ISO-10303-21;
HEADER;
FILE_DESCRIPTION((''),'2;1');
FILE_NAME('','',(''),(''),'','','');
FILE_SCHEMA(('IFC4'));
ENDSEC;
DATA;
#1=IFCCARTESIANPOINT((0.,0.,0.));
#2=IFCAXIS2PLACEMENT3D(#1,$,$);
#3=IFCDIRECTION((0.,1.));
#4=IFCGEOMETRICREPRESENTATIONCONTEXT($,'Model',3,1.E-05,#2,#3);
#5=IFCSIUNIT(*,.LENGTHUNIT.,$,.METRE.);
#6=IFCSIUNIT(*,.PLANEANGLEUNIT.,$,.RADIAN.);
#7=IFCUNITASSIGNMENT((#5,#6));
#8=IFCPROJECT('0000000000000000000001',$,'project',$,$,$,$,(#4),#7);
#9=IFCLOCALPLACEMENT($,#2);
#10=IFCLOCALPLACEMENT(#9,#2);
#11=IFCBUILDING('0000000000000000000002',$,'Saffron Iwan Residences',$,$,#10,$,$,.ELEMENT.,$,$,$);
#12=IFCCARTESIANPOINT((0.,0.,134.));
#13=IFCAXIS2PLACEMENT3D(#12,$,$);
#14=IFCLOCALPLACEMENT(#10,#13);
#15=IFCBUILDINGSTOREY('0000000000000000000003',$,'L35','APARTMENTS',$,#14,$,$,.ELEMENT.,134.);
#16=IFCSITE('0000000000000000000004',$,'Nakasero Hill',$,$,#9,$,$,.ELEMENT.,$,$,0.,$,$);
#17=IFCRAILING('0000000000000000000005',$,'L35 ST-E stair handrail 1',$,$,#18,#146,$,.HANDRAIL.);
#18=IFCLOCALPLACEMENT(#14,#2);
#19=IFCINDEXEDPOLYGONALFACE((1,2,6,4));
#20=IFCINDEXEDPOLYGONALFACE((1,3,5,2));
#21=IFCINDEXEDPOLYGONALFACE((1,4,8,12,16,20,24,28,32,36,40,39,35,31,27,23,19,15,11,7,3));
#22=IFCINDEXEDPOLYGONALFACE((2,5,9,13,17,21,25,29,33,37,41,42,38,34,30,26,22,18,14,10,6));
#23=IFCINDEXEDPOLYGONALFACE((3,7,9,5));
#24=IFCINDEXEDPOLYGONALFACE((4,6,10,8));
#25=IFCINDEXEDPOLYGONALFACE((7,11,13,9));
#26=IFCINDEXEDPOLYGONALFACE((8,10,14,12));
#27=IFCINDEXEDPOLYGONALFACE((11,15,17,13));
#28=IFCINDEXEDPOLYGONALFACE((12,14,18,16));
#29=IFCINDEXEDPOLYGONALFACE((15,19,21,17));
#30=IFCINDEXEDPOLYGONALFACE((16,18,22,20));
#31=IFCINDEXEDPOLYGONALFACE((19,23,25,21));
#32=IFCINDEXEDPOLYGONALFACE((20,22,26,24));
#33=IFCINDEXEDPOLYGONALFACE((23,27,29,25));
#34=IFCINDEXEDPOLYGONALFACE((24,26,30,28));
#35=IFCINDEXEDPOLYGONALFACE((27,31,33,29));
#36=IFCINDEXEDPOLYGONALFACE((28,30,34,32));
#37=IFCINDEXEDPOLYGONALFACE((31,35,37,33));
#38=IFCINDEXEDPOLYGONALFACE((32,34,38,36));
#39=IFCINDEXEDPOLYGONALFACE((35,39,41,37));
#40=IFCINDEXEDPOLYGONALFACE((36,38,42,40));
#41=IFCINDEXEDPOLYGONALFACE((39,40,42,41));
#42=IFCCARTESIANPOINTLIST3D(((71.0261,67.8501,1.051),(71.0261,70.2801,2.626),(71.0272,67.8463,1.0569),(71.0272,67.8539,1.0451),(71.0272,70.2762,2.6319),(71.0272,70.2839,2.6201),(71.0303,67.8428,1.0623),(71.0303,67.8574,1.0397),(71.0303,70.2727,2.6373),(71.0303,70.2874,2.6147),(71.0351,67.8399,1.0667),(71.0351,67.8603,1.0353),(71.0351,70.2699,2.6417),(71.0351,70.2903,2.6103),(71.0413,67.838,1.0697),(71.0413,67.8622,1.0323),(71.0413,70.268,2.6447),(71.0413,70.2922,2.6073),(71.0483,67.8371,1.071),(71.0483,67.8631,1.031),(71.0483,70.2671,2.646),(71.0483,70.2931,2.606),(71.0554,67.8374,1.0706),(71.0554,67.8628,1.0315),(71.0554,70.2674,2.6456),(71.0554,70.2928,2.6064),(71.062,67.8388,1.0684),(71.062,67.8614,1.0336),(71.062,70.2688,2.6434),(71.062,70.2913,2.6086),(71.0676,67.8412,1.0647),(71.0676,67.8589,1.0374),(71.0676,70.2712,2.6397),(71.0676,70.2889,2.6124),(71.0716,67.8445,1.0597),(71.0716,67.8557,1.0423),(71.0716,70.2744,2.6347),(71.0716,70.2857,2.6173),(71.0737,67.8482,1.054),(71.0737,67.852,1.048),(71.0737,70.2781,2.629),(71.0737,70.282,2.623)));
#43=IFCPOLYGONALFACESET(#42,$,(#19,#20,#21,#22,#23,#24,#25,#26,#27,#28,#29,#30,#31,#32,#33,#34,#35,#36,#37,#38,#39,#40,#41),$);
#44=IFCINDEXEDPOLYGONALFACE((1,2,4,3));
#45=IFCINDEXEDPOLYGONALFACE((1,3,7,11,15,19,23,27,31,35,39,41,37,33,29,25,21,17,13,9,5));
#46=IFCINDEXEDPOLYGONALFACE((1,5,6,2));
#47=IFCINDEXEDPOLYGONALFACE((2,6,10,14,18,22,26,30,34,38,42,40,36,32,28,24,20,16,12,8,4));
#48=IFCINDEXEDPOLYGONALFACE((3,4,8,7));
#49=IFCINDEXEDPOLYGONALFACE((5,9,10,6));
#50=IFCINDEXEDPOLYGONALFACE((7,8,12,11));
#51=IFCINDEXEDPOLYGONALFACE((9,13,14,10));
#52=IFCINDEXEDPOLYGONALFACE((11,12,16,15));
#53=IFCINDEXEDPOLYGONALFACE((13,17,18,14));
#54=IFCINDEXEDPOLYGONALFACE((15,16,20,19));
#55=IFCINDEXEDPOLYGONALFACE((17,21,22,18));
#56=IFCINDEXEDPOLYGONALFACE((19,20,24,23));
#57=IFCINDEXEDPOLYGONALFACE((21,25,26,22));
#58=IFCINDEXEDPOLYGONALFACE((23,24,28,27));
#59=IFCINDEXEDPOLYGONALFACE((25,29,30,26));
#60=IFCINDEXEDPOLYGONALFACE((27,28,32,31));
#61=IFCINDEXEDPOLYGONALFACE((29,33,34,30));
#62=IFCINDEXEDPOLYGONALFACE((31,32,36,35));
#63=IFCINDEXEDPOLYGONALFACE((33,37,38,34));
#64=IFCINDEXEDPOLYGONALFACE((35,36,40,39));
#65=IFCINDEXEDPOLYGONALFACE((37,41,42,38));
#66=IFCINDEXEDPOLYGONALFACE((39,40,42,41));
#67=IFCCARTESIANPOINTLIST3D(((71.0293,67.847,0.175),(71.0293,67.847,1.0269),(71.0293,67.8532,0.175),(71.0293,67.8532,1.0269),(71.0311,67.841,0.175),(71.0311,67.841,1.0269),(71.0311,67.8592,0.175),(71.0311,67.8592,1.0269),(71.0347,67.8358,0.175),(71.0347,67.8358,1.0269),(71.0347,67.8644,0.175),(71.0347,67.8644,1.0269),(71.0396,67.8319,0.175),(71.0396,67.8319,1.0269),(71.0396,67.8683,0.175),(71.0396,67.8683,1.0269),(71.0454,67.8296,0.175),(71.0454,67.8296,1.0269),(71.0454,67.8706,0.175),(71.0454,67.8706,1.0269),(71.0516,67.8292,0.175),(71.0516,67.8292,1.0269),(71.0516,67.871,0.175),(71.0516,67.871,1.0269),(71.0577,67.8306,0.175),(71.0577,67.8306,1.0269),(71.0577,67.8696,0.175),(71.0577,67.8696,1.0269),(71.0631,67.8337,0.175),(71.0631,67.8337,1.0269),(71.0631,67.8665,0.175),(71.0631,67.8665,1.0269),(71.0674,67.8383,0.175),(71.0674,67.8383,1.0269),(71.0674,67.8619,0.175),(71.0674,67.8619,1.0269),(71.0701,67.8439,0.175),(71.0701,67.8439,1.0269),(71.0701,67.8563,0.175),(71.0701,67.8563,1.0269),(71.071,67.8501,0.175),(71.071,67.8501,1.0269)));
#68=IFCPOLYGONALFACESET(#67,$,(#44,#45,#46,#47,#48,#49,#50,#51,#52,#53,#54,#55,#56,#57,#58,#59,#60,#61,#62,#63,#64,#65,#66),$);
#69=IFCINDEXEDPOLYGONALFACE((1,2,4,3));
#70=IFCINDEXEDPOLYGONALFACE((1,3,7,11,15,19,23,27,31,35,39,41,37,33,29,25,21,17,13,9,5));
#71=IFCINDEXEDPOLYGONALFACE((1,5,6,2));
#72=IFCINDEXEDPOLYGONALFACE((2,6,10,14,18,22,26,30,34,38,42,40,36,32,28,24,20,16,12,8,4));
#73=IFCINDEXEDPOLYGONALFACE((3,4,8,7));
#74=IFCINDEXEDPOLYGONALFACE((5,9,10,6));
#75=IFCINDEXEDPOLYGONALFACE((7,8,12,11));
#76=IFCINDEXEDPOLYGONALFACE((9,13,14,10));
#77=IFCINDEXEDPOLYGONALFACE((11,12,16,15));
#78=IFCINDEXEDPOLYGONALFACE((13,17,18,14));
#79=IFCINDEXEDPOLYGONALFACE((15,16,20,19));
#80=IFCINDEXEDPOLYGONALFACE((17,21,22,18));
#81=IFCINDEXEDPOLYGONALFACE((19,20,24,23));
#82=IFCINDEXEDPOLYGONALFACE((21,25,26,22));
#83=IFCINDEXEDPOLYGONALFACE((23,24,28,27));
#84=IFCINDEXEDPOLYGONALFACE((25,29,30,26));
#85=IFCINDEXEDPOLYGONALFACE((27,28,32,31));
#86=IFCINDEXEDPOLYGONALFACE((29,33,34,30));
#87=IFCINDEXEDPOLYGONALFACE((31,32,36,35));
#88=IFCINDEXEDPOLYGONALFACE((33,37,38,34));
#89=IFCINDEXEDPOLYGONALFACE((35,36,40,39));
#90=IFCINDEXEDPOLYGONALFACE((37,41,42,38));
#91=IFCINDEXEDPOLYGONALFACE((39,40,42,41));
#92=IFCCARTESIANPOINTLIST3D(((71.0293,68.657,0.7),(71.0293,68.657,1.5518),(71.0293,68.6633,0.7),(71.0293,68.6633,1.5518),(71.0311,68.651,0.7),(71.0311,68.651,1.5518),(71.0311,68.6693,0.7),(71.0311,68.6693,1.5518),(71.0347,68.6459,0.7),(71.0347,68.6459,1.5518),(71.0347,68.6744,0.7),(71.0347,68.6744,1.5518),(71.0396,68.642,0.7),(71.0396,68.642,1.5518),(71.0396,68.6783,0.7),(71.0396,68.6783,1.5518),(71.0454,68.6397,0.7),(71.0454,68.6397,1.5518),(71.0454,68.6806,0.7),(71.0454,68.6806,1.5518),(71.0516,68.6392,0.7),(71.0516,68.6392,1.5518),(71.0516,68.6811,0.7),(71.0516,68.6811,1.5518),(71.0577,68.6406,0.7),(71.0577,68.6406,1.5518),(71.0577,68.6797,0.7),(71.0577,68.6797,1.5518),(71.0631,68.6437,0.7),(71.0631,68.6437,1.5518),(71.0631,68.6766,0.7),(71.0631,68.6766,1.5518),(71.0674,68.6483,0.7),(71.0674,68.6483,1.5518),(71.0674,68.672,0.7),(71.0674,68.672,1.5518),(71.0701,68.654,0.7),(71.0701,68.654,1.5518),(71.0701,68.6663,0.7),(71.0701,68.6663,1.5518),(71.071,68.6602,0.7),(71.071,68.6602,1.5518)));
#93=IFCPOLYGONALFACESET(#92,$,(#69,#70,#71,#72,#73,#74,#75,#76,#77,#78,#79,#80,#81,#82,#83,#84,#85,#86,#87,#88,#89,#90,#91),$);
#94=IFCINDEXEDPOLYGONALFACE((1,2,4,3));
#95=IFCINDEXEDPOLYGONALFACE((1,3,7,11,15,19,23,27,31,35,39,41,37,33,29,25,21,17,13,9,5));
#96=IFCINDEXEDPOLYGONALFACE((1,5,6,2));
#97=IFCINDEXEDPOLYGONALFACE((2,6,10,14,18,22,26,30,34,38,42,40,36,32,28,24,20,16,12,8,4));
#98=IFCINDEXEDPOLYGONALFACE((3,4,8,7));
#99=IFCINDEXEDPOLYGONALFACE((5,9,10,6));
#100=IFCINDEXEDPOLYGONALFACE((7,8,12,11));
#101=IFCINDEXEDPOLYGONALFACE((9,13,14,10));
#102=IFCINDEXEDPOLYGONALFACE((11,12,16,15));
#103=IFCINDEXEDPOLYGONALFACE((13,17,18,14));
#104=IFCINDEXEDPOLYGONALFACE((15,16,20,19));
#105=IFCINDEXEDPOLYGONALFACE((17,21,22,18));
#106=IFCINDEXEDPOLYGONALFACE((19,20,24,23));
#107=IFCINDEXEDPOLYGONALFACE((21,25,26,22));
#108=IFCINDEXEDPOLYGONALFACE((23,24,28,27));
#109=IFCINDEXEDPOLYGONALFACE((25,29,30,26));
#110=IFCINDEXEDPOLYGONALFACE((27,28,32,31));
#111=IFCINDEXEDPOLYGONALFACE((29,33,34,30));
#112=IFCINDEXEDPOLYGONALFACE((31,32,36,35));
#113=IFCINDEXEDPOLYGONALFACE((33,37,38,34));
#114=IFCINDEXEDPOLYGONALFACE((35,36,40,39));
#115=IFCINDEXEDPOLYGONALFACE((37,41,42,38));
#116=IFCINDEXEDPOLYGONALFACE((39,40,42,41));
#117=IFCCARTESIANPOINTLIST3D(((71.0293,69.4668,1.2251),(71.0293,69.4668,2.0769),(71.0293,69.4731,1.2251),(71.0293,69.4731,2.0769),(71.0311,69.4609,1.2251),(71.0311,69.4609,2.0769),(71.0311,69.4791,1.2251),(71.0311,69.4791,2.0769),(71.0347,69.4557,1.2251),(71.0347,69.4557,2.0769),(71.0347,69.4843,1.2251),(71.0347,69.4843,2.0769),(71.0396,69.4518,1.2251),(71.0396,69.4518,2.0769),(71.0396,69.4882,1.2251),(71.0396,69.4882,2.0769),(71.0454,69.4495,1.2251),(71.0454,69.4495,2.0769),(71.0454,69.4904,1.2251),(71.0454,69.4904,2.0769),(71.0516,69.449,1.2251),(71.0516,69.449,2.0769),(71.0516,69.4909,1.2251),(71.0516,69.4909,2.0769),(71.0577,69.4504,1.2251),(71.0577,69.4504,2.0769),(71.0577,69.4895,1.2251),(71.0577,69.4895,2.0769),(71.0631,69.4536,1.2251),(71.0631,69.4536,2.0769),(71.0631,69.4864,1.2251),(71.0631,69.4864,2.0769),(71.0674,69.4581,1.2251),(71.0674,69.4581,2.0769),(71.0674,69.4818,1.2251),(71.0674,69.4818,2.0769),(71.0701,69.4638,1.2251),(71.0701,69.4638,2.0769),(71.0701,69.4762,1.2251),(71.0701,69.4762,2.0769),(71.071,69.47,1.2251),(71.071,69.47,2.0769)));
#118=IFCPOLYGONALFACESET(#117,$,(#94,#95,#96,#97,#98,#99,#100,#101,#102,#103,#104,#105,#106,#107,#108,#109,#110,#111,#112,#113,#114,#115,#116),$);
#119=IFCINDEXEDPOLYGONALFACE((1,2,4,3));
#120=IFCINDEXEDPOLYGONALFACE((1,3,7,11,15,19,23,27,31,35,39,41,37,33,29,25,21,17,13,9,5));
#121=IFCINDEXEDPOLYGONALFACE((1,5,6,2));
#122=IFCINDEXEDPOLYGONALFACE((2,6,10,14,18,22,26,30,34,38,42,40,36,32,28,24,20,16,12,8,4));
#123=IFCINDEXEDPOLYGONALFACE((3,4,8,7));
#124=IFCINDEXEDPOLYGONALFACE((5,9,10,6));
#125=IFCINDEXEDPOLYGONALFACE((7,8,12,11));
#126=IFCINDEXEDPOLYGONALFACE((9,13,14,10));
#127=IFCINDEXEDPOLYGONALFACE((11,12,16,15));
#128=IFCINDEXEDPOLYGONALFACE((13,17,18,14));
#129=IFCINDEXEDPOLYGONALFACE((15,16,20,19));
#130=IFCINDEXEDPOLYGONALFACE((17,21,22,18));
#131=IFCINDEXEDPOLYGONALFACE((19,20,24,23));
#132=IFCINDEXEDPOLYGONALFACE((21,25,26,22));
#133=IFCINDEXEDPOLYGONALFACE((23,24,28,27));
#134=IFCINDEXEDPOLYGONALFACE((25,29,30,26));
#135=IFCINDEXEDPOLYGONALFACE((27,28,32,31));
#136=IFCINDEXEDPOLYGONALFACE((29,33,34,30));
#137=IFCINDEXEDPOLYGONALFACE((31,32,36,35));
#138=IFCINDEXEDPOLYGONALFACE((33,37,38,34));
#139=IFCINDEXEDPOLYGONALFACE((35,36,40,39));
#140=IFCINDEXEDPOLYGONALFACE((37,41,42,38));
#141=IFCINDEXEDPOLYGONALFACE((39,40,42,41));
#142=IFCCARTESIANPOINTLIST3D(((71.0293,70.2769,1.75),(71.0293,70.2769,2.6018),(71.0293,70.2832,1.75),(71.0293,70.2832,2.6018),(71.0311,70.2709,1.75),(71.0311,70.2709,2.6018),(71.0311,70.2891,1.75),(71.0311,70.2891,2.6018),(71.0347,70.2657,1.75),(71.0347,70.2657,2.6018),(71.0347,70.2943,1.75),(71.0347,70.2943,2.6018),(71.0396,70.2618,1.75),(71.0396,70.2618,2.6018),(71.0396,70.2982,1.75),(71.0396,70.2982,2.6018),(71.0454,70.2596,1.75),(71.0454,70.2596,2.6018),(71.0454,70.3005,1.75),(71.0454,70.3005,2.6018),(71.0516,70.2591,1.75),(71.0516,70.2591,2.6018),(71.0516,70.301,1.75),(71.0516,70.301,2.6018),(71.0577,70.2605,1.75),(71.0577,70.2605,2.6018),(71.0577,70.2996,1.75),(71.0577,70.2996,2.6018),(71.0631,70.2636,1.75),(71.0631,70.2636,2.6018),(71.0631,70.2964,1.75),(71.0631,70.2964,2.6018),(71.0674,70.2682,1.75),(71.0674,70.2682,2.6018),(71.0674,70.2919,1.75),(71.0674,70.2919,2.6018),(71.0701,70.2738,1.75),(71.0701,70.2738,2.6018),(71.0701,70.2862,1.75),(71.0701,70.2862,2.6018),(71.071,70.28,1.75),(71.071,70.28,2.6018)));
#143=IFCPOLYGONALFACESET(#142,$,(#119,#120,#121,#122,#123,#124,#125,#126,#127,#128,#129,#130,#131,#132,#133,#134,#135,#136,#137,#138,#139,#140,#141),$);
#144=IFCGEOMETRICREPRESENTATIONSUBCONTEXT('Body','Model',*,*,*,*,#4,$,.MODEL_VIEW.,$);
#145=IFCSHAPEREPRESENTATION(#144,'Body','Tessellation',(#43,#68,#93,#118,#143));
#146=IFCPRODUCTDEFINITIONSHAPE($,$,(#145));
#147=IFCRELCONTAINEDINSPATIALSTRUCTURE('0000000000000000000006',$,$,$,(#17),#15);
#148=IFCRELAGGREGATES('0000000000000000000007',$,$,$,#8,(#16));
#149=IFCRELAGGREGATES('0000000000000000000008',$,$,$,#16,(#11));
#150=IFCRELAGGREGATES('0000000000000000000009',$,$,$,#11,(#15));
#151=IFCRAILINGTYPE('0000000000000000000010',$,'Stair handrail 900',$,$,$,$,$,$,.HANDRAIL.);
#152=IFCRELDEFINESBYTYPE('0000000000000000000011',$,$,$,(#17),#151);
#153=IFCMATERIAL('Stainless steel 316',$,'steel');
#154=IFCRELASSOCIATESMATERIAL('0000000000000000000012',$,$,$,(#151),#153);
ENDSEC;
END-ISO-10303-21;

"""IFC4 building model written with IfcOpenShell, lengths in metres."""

from ifc_helpers import new_model, si_unit, direction, frame, origin, origin_2d, place, context, subcontext, project, spatial, circle, extrude, material, type_object, element, save


model = new_model("IFC4")

# Units and contexts
model_context = context("Model", 3, precision=1e-05, world=origin(), true_north=direction((0.0, 1.0)))
body_context = subcontext(model_context, "Body", "Model", "MODEL_VIEW")
ifc_project = project(units=[si_unit("LENGTHUNIT", "METRE"), si_unit("PLANEANGLEUNIT", "RADIAN")], contexts=[model_context])

# Site, building, storey
site_placement = place(None, origin())
site = spatial("IfcSite", under=ifc_project, at=site_placement, Name="Nakasero Hill", CompositionType="ELEMENT", RefElevation=0.0)
building_placement = place(site_placement, origin())
building = spatial("IfcBuilding", under=site, at=building_placement, Name="Saffron Iwan Residences", CompositionType="ELEMENT")
storey_placement = place(building_placement, frame((0.0, 0.0, 134.0)))
storey = spatial("IfcBuildingStorey", under=building, at=storey_placement, Name="L35", Description="APARTMENTS", CompositionType="ELEMENT", Elevation=134.0)

# Railing
ifc_material_1 = material(Name="Stainless steel 316", Category="steel")
railing_type_1 = type_object("IfcRailingType", Name="Stair handrail 900", PredefinedType="HANDRAIL", material=ifc_material_1)
railing_1_placement = place(storey_placement, frame((71.05, 67.8501, 0.175)))
element("IfcRailing", 1, at=railing_1_placement, inside=storey, type_object=railing_type_1, Name="L35 ST-E stair handrail 1", PredefinedType="HANDRAIL", context=body_context, shape_type="SweptSolid", body=[
    extrude(circle(Radius=0.0239, at=origin_2d()), frame((0.0, 0.0, 0.876), z_axis=(0.0, 0.839154, 0.543894), x_axis=(-1.0, 0.0, 0.0)), (0.0, 0.0, 1.0), 2.8958),
    extrude(circle(Radius=0.021, at=origin_2d()), origin(), (0.0, 0.0, 1.0), 0.8518),
    extrude(circle(Radius=0.021, at=origin_2d()), frame((0.0, 0.8101, 0.5249)), (0.0, 0.0, 1.0), 0.8518),
    extrude(circle(Radius=0.021, at=origin_2d()), frame((0.0, 1.6199, 1.05)), (0.0, 0.0, 1.0), 0.8518),
    extrude(circle(Radius=0.021, at=origin_2d()), frame((0.0, 2.4299, 1.575)), (0.0, 0.0, 1.0), 0.8518),
])

save(model, "model.ifc")
